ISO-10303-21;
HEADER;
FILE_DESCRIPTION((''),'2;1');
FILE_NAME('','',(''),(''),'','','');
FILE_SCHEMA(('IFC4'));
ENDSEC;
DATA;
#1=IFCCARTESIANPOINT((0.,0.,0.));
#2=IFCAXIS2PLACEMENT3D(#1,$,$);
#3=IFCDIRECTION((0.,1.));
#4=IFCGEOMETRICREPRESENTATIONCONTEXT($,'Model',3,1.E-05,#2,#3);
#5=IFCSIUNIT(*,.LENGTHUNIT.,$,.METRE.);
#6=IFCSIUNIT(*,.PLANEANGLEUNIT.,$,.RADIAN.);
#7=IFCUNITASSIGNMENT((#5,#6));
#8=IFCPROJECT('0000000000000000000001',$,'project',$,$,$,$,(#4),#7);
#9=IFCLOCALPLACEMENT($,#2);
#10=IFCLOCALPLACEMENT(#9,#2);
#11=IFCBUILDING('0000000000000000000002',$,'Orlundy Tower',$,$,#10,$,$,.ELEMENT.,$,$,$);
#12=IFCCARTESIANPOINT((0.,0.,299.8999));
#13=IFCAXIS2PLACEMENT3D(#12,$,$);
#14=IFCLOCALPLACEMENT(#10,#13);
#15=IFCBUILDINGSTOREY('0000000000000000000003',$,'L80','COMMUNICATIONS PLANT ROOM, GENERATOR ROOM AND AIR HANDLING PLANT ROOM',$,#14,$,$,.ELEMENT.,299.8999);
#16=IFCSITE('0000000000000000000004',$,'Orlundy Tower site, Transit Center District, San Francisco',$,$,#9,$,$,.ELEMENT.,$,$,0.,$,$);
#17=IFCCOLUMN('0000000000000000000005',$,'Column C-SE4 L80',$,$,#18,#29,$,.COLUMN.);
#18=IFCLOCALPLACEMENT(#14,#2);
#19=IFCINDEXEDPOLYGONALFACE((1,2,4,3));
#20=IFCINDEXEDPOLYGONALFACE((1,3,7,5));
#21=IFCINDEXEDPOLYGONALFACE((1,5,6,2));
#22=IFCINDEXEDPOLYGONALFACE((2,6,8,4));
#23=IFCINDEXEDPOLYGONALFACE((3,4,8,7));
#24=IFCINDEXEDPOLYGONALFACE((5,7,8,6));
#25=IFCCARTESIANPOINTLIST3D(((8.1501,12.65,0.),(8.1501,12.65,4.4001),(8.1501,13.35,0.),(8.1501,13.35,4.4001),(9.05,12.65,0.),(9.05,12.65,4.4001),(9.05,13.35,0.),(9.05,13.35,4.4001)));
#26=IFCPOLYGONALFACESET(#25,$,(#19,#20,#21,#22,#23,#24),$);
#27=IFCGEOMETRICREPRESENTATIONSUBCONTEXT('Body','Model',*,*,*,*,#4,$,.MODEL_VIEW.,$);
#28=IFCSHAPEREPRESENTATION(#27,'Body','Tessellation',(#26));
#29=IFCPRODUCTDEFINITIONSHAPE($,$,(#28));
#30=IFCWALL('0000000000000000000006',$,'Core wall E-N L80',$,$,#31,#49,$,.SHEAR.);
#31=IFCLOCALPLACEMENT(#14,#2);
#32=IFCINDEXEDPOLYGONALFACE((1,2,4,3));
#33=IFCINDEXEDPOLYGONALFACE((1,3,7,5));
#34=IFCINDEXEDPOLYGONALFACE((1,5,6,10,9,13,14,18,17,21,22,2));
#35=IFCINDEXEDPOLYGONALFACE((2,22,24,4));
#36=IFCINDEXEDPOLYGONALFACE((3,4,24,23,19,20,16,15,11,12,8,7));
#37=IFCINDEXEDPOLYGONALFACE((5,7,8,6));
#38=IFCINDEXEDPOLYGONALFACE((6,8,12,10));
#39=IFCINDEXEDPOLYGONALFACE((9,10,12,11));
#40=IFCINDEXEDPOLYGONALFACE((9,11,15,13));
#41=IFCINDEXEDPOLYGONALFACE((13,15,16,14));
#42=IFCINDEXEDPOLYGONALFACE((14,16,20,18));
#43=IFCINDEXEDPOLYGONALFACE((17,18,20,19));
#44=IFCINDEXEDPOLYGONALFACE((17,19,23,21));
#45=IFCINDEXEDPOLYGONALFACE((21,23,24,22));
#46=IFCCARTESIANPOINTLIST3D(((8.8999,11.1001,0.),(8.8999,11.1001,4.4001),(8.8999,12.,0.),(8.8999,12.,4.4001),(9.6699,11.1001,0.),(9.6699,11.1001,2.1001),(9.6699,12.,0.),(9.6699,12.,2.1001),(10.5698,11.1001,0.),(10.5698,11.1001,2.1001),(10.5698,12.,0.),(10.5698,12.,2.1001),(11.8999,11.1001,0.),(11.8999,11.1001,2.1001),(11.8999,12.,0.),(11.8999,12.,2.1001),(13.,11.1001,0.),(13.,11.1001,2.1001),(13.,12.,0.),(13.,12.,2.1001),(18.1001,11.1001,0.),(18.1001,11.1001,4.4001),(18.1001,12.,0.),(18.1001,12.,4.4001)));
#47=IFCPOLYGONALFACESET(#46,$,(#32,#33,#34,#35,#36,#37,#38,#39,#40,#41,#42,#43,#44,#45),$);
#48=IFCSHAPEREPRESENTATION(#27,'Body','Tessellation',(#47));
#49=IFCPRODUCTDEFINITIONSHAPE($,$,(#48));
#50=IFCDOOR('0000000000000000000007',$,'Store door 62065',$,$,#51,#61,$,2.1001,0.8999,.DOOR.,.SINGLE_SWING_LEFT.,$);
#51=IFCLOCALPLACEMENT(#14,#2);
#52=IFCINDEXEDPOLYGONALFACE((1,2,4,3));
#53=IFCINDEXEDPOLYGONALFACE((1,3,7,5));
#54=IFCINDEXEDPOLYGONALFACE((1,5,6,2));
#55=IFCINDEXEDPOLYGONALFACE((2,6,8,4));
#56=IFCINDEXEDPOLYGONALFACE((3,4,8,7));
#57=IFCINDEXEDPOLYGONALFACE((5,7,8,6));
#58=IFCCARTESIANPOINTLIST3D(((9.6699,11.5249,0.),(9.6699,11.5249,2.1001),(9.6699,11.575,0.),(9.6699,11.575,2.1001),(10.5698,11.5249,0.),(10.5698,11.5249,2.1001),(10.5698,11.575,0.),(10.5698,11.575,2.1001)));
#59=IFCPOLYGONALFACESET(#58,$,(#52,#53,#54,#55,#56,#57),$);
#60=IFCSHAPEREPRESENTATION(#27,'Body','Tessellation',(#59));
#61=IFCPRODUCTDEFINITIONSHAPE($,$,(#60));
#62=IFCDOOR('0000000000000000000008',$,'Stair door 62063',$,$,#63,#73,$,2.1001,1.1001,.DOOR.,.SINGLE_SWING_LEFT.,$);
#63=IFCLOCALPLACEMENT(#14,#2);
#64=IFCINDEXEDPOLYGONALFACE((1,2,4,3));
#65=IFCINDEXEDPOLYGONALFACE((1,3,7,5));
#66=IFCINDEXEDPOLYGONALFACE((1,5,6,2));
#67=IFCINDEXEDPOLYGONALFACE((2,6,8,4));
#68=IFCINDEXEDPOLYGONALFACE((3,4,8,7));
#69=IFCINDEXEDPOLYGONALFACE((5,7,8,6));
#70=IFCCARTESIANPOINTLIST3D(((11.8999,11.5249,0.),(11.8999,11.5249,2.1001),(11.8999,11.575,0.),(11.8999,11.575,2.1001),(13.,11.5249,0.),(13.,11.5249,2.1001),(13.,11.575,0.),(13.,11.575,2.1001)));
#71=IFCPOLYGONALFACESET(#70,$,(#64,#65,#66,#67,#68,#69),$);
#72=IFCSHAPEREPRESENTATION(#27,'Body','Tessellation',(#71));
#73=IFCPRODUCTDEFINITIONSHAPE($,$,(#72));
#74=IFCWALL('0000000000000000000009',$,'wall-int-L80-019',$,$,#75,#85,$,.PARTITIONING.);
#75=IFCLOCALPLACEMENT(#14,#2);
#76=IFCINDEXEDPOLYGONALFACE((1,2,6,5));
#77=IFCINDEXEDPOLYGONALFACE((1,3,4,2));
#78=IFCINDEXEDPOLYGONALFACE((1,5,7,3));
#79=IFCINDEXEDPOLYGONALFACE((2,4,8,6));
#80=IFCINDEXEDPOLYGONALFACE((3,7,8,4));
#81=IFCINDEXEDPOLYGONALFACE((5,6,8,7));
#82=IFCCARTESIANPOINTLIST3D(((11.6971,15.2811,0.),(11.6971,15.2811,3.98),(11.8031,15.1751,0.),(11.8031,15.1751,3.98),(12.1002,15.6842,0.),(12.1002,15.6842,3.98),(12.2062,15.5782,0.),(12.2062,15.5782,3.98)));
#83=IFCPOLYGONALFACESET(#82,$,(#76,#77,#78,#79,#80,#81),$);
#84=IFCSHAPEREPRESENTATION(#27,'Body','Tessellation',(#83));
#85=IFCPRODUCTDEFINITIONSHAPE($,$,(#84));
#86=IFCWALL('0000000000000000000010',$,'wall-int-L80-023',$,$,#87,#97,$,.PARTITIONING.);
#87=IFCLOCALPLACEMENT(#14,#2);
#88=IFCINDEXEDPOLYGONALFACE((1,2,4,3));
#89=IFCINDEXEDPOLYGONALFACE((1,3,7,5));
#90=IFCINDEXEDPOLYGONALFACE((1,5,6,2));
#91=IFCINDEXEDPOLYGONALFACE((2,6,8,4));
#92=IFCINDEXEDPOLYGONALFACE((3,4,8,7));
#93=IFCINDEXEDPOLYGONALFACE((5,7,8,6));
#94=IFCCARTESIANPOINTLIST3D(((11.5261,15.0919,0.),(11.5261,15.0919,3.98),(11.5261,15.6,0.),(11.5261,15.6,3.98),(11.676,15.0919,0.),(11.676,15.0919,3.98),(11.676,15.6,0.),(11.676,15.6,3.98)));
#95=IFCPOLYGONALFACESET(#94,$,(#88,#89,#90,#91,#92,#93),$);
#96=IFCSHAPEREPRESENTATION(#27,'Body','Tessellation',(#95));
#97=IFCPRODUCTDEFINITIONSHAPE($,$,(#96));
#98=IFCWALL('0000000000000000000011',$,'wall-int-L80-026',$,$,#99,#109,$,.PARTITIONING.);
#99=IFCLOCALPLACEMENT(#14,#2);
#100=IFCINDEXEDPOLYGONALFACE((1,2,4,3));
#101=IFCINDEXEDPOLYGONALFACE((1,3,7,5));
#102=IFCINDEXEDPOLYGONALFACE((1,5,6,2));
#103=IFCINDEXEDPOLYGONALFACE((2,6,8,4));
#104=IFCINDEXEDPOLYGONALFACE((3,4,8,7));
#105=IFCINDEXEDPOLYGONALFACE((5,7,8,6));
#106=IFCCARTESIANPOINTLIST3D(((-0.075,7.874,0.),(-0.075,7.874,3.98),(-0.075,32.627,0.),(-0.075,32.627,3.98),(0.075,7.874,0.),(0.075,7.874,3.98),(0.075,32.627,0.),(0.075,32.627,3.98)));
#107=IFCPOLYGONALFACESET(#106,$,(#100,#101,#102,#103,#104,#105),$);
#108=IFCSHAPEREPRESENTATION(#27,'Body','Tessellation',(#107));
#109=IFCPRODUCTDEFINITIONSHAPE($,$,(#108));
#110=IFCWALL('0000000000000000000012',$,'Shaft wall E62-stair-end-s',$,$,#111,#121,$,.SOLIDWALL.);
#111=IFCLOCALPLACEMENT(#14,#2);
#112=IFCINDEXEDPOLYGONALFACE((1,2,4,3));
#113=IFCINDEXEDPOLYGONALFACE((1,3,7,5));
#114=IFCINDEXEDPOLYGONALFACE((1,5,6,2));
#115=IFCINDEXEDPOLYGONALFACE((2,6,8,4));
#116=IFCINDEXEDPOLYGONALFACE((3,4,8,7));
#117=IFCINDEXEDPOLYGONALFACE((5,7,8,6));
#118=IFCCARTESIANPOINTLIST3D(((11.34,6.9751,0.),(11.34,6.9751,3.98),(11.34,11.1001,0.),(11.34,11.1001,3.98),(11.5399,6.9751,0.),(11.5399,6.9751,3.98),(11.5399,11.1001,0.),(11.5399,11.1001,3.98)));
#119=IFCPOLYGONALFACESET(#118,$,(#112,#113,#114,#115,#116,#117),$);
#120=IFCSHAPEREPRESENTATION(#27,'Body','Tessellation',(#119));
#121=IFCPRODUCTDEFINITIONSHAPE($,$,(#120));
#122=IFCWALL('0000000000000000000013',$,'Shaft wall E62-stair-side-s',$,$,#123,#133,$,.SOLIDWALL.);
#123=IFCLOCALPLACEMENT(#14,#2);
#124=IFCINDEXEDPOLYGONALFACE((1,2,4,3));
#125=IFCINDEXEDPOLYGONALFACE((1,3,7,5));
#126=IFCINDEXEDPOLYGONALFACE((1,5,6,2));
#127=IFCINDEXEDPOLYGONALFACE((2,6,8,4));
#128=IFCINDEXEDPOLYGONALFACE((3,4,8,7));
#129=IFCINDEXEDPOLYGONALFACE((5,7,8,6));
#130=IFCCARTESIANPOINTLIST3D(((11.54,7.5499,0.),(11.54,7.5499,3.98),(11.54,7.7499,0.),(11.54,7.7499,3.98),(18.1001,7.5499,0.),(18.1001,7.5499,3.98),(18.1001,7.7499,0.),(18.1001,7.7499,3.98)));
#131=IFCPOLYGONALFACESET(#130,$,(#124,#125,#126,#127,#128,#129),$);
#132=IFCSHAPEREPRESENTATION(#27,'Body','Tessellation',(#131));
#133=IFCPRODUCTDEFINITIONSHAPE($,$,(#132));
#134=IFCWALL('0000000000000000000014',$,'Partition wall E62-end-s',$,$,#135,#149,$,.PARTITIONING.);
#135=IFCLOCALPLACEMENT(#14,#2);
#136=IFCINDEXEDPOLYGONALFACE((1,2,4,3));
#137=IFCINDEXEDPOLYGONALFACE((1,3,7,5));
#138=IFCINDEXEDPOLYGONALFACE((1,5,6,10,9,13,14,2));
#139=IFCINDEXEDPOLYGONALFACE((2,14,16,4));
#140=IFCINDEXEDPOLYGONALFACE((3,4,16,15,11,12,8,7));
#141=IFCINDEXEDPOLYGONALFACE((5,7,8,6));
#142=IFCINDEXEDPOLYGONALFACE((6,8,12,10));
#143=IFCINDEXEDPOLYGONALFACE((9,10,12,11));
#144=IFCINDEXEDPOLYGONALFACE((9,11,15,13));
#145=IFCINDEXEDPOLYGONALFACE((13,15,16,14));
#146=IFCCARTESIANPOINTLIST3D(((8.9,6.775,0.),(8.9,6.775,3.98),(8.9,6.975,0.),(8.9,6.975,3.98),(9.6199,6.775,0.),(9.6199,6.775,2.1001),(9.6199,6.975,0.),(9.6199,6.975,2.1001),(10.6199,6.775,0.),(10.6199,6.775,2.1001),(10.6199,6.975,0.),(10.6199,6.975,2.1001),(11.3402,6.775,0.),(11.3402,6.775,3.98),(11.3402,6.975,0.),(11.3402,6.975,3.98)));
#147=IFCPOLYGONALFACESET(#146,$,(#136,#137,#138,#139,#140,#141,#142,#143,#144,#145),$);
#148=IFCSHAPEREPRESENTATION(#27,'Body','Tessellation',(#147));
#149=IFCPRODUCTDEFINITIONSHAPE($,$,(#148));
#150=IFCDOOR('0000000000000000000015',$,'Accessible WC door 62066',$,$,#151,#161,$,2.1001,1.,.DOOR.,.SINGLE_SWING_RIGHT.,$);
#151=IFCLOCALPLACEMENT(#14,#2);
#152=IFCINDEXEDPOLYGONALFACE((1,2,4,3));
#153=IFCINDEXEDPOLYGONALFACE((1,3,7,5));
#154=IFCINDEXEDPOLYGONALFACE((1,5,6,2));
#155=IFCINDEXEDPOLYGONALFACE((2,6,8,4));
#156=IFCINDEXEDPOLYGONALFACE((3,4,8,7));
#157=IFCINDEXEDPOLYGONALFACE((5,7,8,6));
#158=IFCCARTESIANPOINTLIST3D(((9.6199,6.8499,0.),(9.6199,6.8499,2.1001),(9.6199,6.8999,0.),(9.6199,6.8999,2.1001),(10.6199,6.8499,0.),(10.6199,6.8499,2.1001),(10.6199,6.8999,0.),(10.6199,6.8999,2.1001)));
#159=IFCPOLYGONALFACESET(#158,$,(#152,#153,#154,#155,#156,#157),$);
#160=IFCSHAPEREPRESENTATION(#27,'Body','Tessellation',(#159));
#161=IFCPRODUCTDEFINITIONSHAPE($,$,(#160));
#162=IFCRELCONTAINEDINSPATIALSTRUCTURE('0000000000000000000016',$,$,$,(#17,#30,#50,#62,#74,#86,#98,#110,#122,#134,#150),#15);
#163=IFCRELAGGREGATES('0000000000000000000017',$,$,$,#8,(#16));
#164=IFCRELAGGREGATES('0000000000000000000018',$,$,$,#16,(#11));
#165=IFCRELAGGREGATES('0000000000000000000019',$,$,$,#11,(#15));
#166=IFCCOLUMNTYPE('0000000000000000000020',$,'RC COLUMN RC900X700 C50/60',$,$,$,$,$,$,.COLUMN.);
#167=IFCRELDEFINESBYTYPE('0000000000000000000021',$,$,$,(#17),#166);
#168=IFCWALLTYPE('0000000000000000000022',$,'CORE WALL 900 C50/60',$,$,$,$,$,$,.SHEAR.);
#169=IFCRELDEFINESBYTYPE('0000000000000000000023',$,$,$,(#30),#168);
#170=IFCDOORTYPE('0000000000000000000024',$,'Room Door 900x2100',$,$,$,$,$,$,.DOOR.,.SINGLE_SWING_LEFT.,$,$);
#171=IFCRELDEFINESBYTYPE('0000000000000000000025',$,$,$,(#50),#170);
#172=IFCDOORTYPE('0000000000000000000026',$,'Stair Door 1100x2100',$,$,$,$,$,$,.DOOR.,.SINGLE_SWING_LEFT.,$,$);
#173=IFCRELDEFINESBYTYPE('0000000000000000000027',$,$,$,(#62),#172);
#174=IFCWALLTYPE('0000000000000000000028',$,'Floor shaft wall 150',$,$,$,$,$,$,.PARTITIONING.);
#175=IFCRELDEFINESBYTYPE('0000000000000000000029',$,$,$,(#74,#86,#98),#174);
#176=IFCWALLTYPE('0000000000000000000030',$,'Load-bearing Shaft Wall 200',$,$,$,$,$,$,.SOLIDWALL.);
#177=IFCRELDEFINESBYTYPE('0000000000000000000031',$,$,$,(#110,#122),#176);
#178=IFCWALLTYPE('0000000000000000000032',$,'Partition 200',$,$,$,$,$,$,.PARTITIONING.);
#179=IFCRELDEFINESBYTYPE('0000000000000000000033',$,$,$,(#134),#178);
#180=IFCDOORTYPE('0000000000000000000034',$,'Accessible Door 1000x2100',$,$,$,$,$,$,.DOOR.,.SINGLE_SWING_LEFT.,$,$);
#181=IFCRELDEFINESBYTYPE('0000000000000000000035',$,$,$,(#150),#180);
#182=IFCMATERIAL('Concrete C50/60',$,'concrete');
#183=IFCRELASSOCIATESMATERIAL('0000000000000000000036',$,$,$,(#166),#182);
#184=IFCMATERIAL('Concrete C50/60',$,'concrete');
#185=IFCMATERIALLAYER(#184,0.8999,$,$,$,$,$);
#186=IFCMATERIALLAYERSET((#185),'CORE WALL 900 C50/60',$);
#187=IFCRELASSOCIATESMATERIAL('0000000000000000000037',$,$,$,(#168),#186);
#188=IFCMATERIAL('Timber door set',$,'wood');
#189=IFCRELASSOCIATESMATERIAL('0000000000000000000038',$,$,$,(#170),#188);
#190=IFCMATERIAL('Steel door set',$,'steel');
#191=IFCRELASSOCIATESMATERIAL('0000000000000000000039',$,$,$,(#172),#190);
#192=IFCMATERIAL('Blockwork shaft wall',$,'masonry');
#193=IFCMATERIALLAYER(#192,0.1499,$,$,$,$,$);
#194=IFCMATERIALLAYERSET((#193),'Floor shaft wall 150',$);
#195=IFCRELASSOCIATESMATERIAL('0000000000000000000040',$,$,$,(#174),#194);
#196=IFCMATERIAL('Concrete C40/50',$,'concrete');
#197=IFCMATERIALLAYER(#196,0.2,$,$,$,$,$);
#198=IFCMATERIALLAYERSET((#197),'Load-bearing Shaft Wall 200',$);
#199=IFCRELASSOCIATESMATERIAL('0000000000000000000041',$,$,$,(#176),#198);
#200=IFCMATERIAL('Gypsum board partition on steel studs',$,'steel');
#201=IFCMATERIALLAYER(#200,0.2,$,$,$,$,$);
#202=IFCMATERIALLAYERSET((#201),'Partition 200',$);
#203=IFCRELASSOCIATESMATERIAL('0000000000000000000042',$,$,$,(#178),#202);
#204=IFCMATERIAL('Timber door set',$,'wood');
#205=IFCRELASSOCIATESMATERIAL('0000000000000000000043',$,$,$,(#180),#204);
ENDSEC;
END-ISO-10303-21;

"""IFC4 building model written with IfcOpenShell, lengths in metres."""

from ifc_helpers import new_model, si_unit, direction, frame, frame_2d, origin, origin_2d, place, context, subcontext, project, spatial, rectangle, extrude, material, layer, layer_set, material_profile, profile_set, type_object, element, fill, save


model = new_model("IFC4")

# Units and contexts
model_context = context("Model", 3, precision=1e-05, world=origin(), true_north=direction((0.0, 1.0)))
body_context = subcontext(model_context, "Body", "Model", "MODEL_VIEW")
ifc_project = project(units=[si_unit("LENGTHUNIT", "METRE"), si_unit("PLANEANGLEUNIT", "RADIAN")], contexts=[model_context])

# Site, building, storey
site_placement = place(None, origin())
site = spatial("IfcSite", under=ifc_project, at=site_placement, Name="Orlundy Tower site, Transit Center District, San Francisco", CompositionType="ELEMENT", RefElevation=0.0)
building_placement = place(site_placement, origin())
building = spatial("IfcBuilding", under=site, at=building_placement, Name="Orlundy Tower", CompositionType="ELEMENT")
storey_placement = place(building_placement, frame((0.0, 0.0, 299.8999)))
storey = spatial("IfcBuildingStorey", under=building, at=storey_placement, Name="L80", Description="COMMUNICATIONS PLANT ROOM, GENERATOR ROOM AND AIR HANDLING PLANT ROOM", CompositionType="ELEMENT", Elevation=299.8999)

# Column
ifc_material_1 = material(Name="Concrete C50/60", Category="concrete")
ifc_material_profile = material_profile(ifc_material_1, rectangle(XDim=0.8999, YDim=0.7, at=origin_2d()), Name="RC900X700")
ifc_profile_set = profile_set([ifc_material_profile], Name="Concrete C50/60")
column_type = type_object("IfcColumnType", Name="RC COLUMN RC900X700 C50/60", PredefinedType="COLUMN", material=ifc_profile_set)
column_placement = place(storey_placement, frame((8.6001, 13.0, 0.0), z_axis=(0.0, 0.0, 1.0), x_axis=(1.0, 0.0, 0.0)))
element("IfcColumn", 1, at=column_placement, inside=storey, type_object=column_type, Name="Column C-SE4 L80", PredefinedType="COLUMN", context=body_context, shape_type="SweptSolid", body=[
    extrude(rectangle(XDim=0.8999, YDim=0.7, at=origin_2d()), origin(), (0.0, 0.0, 1.0), 4.4001),
])

# Wall, openings, doors
ifc_material_2 = material(Name="Concrete C50/60", Category="concrete")
ifc_layer_1 = layer(ifc_material_2, 0.8999)
ifc_layer_set_1 = layer_set([ifc_layer_1], Name="CORE WALL 900 C50/60")
wall_type_1 = type_object("IfcWallType", Name="CORE WALL 900 C50/60", PredefinedType="SHEAR", material=ifc_layer_set_1)
wall_1_placement = place(storey_placement, frame((8.8999, 11.55, 0.0), z_axis=(0.0, 0.0, 1.0), x_axis=(1.0, 0.0, 0.0)))
wall_1 = element("IfcWall", 2, at=wall_1_placement, inside=storey, type_object=wall_type_1, Name="Core wall E-N L80", PredefinedType="SHEAR", context=body_context, shape_type="SweptSolid", body=[
    extrude(rectangle(XDim=9.2002, YDim=0.8999, at=frame_2d((4.6001, 0.0))), origin(), (0.0, 0.0, 1.0), 4.4001),
])
opening_1_placement = place(wall_1_placement, frame((3.0, 0.0, 0.0)))
opening_1 = element("IfcOpeningElement", 3, at=opening_1_placement, cuts=wall_1, PredefinedType="OPENING", context=body_context, shape_type="SweptSolid", body=[
    extrude(rectangle(XDim=1.1001, YDim=2.1001, at=frame_2d((0.55, 1.05))), frame((0.0, 0.46, 0.0), z_axis=(0.0, -1.0, 0.0), x_axis=(1.0, 0.0, 0.0)), (0.0, 0.0, 1.0), 0.9199),
])
opening_2_placement = place(wall_1_placement, frame((0.77, 0.0, 0.0)))
opening_2 = element("IfcOpeningElement", 4, at=opening_2_placement, cuts=wall_1, PredefinedType="OPENING", context=body_context, shape_type="SweptSolid", body=[
    extrude(rectangle(XDim=0.8999, YDim=2.1001, at=frame_2d((0.45, 1.05))), frame((0.0, 0.46, 0.0), z_axis=(0.0, -1.0, 0.0), x_axis=(1.0, 0.0, 0.0)), (0.0, 0.0, 1.0), 0.9199),
])
ifc_material_3 = material(Name="Timber door set", Category="wood")
door_type_1 = type_object("IfcDoorType", Name="Room Door 900x2100", OperationType="SINGLE_SWING_LEFT", PredefinedType="DOOR", material=ifc_material_3)
door_1_placement = place(opening_2_placement, origin())
door_1 = element("IfcDoor", 5, at=door_1_placement, inside=storey, type_object=door_type_1, Name="Store door 62065", OperationType="SINGLE_SWING_LEFT", OverallHeight=2.1001, OverallWidth=0.8999, PredefinedType="DOOR", context=body_context, shape_type="SweptSolid", body=[
    extrude(rectangle(XDim=0.8999, YDim=2.1001, at=frame_2d((0.45, 1.05))), frame((0.0, 0.0249, 0.0), z_axis=(0.0, -1.0, 0.0), x_axis=(1.0, 0.0, 0.0)), (0.0, 0.0, 1.0), 0.05),
])
fill(opening_2, door_1)
ifc_material_4 = material(Name="Steel door set", Category="steel")
door_type_2 = type_object("IfcDoorType", Name="Stair Door 1100x2100", OperationType="SINGLE_SWING_LEFT", PredefinedType="DOOR", material=ifc_material_4)
door_2_placement = place(opening_1_placement, origin())
door_2 = element("IfcDoor", 6, at=door_2_placement, inside=storey, type_object=door_type_2, Name="Stair door 62063", OperationType="SINGLE_SWING_LEFT", OverallHeight=2.1001, OverallWidth=1.1001, PredefinedType="DOOR", context=body_context, shape_type="SweptSolid", body=[
    extrude(rectangle(XDim=1.1001, YDim=2.1001, at=frame_2d((0.55, 1.05))), frame((0.0, 0.0249, 0.0), z_axis=(0.0, -1.0, 0.0), x_axis=(1.0, 0.0, 0.0)), (0.0, 0.0, 1.0), 0.05),
])
fill(opening_1, door_2)

# Walls
ifc_material_5 = material(Name="Blockwork shaft wall", Category="masonry")
ifc_layer_2 = layer(ifc_material_5, 0.1499)
ifc_layer_set_2 = layer_set([ifc_layer_2], Name="Floor shaft wall 150")
wall_type_2 = type_object("IfcWallType", Name="Floor shaft wall 150", PredefinedType="PARTITIONING", material=ifc_layer_set_2)
wall_2_placement = place(storey_placement, frame((11.75, 15.228, 0.0), z_axis=(0.0, 0.0, 1.0), x_axis=(0.707107, 0.707107, 0.0)))
element("IfcWall", 7, at=wall_2_placement, inside=storey, type_object=wall_type_2, Name="wall-int-L80-019", PredefinedType="PARTITIONING", context=body_context, shape_type="SweptSolid", body=[
    extrude(rectangle(XDim=0.5701, YDim=0.1499, at=frame_2d((0.2852, 0.0))), origin(), (0.0, 0.0, 1.0), 3.98),
])
wall_3_placement = place(storey_placement, frame((11.6011, 15.092, 0.0), z_axis=(0.0, 0.0, 1.0), x_axis=(0.0, 1.0, 0.0)))
element("IfcWall", 8, at=wall_3_placement, inside=storey, type_object=wall_type_2, Name="wall-int-L80-023", PredefinedType="PARTITIONING", context=body_context, shape_type="SweptSolid", body=[
    extrude(rectangle(XDim=0.5081, YDim=0.1499, at=frame_2d((0.2539, 0.0))), origin(), (0.0, 0.0, 1.0), 3.98),
])
wall_4_placement = place(storey_placement, frame((0.0, 7.874, 0.0), z_axis=(0.0, 0.0, 1.0), x_axis=(0.0, 1.0, 0.0)))
element("IfcWall", 9, at=wall_4_placement, inside=storey, type_object=wall_type_2, Name="wall-int-L80-026", PredefinedType="PARTITIONING", context=body_context, shape_type="SweptSolid", body=[
    extrude(rectangle(XDim=24.7529, YDim=0.1499, at=frame_2d((12.3765, 0.0))), origin(), (0.0, 0.0, 1.0), 3.98),
])
ifc_material_6 = material(Name="Concrete C40/50", Category="concrete")
ifc_layer_3 = layer(ifc_material_6, 0.2)
ifc_layer_set_3 = layer_set([ifc_layer_3], Name="Load-bearing Shaft Wall 200")
wall_type_3 = type_object("IfcWallType", Name="Load-bearing Shaft Wall 200", PredefinedType="SOLIDWALL", material=ifc_layer_set_3)
wall_5_placement = place(storey_placement, frame((11.4399, 11.1001, 0.0), z_axis=(0.0, 0.0, 1.0), x_axis=(0.0, -1.0, 0.0)))
element("IfcWall", 10, at=wall_5_placement, inside=storey, type_object=wall_type_3, Name="Shaft wall E62-stair-end-s", PredefinedType="SOLIDWALL", context=body_context, shape_type="SweptSolid", body=[
    extrude(rectangle(XDim=4.125, YDim=0.2, at=frame_2d((2.0625, 0.0))), origin(), (0.0, 0.0, 1.0), 3.98),
])
wall_6_placement = place(storey_placement, frame((11.54, 7.6499, 0.0), z_axis=(0.0, 0.0, 1.0), x_axis=(1.0, 0.0, 0.0)))
element("IfcWall", 11, at=wall_6_placement, inside=storey, type_object=wall_type_3, Name="Shaft wall E62-stair-side-s", PredefinedType="SOLIDWALL", context=body_context, shape_type="SweptSolid", body=[
    extrude(rectangle(XDim=6.5601, YDim=0.2, at=frame_2d((3.28, 0.0))), origin(), (0.0, 0.0, 1.0), 3.98),
])

# Wall, opening, door
ifc_material_7 = material(Name="Gypsum board partition on steel studs", Category="steel")
ifc_layer_4 = layer(ifc_material_7, 0.2)
ifc_layer_set_4 = layer_set([ifc_layer_4], Name="Partition 200")
wall_type_4 = type_object("IfcWallType", Name="Partition 200", PredefinedType="PARTITIONING", material=ifc_layer_set_4)
wall_7_placement = place(storey_placement, frame((8.8999, 6.875, 0.0), z_axis=(0.0, 0.0, 1.0), x_axis=(1.0, 0.0, 0.0)))
wall_7 = element("IfcWall", 12, at=wall_7_placement, inside=storey, type_object=wall_type_4, Name="Partition wall E62-end-s", PredefinedType="PARTITIONING", context=body_context, shape_type="SweptSolid", body=[
    extrude(rectangle(XDim=2.4402, YDim=0.2, at=frame_2d((1.2202, 0.0))), origin(), (0.0, 0.0, 1.0), 3.98),
])
opening_3_placement = place(wall_7_placement, frame((0.72, 0.0, 0.0)))
opening_3 = element("IfcOpeningElement", 13, at=opening_3_placement, cuts=wall_7, PredefinedType="OPENING", context=body_context, shape_type="SweptSolid", body=[
    extrude(rectangle(XDim=1.0, YDim=2.1001, at=frame_2d((0.5, 1.05))), frame((0.0, 0.1101, 0.0), z_axis=(0.0, -1.0, 0.0), x_axis=(1.0, 0.0, 0.0)), (0.0, 0.0, 1.0), 0.2202),
])
ifc_material_8 = material(Name="Timber door set", Category="wood")
door_type_3 = type_object("IfcDoorType", Name="Accessible Door 1000x2100", OperationType="SINGLE_SWING_LEFT", PredefinedType="DOOR", material=ifc_material_8)
door_3_placement = place(opening_3_placement, origin())
door_3 = element("IfcDoor", 14, at=door_3_placement, inside=storey, type_object=door_type_3, Name="Accessible WC door 62066", OperationType="SINGLE_SWING_RIGHT", OverallHeight=2.1001, OverallWidth=1.0, PredefinedType="DOOR", context=body_context, shape_type="SweptSolid", body=[
    extrude(rectangle(XDim=1.0, YDim=2.1001, at=frame_2d((0.5, 1.05))), frame((0.0, 0.0249, 0.0), z_axis=(0.0, -1.0, 0.0), x_axis=(1.0, 0.0, 0.0)), (0.0, 0.0, 1.0), 0.05),
])
fill(opening_3, door_3)

save(model, "model.ifc")
